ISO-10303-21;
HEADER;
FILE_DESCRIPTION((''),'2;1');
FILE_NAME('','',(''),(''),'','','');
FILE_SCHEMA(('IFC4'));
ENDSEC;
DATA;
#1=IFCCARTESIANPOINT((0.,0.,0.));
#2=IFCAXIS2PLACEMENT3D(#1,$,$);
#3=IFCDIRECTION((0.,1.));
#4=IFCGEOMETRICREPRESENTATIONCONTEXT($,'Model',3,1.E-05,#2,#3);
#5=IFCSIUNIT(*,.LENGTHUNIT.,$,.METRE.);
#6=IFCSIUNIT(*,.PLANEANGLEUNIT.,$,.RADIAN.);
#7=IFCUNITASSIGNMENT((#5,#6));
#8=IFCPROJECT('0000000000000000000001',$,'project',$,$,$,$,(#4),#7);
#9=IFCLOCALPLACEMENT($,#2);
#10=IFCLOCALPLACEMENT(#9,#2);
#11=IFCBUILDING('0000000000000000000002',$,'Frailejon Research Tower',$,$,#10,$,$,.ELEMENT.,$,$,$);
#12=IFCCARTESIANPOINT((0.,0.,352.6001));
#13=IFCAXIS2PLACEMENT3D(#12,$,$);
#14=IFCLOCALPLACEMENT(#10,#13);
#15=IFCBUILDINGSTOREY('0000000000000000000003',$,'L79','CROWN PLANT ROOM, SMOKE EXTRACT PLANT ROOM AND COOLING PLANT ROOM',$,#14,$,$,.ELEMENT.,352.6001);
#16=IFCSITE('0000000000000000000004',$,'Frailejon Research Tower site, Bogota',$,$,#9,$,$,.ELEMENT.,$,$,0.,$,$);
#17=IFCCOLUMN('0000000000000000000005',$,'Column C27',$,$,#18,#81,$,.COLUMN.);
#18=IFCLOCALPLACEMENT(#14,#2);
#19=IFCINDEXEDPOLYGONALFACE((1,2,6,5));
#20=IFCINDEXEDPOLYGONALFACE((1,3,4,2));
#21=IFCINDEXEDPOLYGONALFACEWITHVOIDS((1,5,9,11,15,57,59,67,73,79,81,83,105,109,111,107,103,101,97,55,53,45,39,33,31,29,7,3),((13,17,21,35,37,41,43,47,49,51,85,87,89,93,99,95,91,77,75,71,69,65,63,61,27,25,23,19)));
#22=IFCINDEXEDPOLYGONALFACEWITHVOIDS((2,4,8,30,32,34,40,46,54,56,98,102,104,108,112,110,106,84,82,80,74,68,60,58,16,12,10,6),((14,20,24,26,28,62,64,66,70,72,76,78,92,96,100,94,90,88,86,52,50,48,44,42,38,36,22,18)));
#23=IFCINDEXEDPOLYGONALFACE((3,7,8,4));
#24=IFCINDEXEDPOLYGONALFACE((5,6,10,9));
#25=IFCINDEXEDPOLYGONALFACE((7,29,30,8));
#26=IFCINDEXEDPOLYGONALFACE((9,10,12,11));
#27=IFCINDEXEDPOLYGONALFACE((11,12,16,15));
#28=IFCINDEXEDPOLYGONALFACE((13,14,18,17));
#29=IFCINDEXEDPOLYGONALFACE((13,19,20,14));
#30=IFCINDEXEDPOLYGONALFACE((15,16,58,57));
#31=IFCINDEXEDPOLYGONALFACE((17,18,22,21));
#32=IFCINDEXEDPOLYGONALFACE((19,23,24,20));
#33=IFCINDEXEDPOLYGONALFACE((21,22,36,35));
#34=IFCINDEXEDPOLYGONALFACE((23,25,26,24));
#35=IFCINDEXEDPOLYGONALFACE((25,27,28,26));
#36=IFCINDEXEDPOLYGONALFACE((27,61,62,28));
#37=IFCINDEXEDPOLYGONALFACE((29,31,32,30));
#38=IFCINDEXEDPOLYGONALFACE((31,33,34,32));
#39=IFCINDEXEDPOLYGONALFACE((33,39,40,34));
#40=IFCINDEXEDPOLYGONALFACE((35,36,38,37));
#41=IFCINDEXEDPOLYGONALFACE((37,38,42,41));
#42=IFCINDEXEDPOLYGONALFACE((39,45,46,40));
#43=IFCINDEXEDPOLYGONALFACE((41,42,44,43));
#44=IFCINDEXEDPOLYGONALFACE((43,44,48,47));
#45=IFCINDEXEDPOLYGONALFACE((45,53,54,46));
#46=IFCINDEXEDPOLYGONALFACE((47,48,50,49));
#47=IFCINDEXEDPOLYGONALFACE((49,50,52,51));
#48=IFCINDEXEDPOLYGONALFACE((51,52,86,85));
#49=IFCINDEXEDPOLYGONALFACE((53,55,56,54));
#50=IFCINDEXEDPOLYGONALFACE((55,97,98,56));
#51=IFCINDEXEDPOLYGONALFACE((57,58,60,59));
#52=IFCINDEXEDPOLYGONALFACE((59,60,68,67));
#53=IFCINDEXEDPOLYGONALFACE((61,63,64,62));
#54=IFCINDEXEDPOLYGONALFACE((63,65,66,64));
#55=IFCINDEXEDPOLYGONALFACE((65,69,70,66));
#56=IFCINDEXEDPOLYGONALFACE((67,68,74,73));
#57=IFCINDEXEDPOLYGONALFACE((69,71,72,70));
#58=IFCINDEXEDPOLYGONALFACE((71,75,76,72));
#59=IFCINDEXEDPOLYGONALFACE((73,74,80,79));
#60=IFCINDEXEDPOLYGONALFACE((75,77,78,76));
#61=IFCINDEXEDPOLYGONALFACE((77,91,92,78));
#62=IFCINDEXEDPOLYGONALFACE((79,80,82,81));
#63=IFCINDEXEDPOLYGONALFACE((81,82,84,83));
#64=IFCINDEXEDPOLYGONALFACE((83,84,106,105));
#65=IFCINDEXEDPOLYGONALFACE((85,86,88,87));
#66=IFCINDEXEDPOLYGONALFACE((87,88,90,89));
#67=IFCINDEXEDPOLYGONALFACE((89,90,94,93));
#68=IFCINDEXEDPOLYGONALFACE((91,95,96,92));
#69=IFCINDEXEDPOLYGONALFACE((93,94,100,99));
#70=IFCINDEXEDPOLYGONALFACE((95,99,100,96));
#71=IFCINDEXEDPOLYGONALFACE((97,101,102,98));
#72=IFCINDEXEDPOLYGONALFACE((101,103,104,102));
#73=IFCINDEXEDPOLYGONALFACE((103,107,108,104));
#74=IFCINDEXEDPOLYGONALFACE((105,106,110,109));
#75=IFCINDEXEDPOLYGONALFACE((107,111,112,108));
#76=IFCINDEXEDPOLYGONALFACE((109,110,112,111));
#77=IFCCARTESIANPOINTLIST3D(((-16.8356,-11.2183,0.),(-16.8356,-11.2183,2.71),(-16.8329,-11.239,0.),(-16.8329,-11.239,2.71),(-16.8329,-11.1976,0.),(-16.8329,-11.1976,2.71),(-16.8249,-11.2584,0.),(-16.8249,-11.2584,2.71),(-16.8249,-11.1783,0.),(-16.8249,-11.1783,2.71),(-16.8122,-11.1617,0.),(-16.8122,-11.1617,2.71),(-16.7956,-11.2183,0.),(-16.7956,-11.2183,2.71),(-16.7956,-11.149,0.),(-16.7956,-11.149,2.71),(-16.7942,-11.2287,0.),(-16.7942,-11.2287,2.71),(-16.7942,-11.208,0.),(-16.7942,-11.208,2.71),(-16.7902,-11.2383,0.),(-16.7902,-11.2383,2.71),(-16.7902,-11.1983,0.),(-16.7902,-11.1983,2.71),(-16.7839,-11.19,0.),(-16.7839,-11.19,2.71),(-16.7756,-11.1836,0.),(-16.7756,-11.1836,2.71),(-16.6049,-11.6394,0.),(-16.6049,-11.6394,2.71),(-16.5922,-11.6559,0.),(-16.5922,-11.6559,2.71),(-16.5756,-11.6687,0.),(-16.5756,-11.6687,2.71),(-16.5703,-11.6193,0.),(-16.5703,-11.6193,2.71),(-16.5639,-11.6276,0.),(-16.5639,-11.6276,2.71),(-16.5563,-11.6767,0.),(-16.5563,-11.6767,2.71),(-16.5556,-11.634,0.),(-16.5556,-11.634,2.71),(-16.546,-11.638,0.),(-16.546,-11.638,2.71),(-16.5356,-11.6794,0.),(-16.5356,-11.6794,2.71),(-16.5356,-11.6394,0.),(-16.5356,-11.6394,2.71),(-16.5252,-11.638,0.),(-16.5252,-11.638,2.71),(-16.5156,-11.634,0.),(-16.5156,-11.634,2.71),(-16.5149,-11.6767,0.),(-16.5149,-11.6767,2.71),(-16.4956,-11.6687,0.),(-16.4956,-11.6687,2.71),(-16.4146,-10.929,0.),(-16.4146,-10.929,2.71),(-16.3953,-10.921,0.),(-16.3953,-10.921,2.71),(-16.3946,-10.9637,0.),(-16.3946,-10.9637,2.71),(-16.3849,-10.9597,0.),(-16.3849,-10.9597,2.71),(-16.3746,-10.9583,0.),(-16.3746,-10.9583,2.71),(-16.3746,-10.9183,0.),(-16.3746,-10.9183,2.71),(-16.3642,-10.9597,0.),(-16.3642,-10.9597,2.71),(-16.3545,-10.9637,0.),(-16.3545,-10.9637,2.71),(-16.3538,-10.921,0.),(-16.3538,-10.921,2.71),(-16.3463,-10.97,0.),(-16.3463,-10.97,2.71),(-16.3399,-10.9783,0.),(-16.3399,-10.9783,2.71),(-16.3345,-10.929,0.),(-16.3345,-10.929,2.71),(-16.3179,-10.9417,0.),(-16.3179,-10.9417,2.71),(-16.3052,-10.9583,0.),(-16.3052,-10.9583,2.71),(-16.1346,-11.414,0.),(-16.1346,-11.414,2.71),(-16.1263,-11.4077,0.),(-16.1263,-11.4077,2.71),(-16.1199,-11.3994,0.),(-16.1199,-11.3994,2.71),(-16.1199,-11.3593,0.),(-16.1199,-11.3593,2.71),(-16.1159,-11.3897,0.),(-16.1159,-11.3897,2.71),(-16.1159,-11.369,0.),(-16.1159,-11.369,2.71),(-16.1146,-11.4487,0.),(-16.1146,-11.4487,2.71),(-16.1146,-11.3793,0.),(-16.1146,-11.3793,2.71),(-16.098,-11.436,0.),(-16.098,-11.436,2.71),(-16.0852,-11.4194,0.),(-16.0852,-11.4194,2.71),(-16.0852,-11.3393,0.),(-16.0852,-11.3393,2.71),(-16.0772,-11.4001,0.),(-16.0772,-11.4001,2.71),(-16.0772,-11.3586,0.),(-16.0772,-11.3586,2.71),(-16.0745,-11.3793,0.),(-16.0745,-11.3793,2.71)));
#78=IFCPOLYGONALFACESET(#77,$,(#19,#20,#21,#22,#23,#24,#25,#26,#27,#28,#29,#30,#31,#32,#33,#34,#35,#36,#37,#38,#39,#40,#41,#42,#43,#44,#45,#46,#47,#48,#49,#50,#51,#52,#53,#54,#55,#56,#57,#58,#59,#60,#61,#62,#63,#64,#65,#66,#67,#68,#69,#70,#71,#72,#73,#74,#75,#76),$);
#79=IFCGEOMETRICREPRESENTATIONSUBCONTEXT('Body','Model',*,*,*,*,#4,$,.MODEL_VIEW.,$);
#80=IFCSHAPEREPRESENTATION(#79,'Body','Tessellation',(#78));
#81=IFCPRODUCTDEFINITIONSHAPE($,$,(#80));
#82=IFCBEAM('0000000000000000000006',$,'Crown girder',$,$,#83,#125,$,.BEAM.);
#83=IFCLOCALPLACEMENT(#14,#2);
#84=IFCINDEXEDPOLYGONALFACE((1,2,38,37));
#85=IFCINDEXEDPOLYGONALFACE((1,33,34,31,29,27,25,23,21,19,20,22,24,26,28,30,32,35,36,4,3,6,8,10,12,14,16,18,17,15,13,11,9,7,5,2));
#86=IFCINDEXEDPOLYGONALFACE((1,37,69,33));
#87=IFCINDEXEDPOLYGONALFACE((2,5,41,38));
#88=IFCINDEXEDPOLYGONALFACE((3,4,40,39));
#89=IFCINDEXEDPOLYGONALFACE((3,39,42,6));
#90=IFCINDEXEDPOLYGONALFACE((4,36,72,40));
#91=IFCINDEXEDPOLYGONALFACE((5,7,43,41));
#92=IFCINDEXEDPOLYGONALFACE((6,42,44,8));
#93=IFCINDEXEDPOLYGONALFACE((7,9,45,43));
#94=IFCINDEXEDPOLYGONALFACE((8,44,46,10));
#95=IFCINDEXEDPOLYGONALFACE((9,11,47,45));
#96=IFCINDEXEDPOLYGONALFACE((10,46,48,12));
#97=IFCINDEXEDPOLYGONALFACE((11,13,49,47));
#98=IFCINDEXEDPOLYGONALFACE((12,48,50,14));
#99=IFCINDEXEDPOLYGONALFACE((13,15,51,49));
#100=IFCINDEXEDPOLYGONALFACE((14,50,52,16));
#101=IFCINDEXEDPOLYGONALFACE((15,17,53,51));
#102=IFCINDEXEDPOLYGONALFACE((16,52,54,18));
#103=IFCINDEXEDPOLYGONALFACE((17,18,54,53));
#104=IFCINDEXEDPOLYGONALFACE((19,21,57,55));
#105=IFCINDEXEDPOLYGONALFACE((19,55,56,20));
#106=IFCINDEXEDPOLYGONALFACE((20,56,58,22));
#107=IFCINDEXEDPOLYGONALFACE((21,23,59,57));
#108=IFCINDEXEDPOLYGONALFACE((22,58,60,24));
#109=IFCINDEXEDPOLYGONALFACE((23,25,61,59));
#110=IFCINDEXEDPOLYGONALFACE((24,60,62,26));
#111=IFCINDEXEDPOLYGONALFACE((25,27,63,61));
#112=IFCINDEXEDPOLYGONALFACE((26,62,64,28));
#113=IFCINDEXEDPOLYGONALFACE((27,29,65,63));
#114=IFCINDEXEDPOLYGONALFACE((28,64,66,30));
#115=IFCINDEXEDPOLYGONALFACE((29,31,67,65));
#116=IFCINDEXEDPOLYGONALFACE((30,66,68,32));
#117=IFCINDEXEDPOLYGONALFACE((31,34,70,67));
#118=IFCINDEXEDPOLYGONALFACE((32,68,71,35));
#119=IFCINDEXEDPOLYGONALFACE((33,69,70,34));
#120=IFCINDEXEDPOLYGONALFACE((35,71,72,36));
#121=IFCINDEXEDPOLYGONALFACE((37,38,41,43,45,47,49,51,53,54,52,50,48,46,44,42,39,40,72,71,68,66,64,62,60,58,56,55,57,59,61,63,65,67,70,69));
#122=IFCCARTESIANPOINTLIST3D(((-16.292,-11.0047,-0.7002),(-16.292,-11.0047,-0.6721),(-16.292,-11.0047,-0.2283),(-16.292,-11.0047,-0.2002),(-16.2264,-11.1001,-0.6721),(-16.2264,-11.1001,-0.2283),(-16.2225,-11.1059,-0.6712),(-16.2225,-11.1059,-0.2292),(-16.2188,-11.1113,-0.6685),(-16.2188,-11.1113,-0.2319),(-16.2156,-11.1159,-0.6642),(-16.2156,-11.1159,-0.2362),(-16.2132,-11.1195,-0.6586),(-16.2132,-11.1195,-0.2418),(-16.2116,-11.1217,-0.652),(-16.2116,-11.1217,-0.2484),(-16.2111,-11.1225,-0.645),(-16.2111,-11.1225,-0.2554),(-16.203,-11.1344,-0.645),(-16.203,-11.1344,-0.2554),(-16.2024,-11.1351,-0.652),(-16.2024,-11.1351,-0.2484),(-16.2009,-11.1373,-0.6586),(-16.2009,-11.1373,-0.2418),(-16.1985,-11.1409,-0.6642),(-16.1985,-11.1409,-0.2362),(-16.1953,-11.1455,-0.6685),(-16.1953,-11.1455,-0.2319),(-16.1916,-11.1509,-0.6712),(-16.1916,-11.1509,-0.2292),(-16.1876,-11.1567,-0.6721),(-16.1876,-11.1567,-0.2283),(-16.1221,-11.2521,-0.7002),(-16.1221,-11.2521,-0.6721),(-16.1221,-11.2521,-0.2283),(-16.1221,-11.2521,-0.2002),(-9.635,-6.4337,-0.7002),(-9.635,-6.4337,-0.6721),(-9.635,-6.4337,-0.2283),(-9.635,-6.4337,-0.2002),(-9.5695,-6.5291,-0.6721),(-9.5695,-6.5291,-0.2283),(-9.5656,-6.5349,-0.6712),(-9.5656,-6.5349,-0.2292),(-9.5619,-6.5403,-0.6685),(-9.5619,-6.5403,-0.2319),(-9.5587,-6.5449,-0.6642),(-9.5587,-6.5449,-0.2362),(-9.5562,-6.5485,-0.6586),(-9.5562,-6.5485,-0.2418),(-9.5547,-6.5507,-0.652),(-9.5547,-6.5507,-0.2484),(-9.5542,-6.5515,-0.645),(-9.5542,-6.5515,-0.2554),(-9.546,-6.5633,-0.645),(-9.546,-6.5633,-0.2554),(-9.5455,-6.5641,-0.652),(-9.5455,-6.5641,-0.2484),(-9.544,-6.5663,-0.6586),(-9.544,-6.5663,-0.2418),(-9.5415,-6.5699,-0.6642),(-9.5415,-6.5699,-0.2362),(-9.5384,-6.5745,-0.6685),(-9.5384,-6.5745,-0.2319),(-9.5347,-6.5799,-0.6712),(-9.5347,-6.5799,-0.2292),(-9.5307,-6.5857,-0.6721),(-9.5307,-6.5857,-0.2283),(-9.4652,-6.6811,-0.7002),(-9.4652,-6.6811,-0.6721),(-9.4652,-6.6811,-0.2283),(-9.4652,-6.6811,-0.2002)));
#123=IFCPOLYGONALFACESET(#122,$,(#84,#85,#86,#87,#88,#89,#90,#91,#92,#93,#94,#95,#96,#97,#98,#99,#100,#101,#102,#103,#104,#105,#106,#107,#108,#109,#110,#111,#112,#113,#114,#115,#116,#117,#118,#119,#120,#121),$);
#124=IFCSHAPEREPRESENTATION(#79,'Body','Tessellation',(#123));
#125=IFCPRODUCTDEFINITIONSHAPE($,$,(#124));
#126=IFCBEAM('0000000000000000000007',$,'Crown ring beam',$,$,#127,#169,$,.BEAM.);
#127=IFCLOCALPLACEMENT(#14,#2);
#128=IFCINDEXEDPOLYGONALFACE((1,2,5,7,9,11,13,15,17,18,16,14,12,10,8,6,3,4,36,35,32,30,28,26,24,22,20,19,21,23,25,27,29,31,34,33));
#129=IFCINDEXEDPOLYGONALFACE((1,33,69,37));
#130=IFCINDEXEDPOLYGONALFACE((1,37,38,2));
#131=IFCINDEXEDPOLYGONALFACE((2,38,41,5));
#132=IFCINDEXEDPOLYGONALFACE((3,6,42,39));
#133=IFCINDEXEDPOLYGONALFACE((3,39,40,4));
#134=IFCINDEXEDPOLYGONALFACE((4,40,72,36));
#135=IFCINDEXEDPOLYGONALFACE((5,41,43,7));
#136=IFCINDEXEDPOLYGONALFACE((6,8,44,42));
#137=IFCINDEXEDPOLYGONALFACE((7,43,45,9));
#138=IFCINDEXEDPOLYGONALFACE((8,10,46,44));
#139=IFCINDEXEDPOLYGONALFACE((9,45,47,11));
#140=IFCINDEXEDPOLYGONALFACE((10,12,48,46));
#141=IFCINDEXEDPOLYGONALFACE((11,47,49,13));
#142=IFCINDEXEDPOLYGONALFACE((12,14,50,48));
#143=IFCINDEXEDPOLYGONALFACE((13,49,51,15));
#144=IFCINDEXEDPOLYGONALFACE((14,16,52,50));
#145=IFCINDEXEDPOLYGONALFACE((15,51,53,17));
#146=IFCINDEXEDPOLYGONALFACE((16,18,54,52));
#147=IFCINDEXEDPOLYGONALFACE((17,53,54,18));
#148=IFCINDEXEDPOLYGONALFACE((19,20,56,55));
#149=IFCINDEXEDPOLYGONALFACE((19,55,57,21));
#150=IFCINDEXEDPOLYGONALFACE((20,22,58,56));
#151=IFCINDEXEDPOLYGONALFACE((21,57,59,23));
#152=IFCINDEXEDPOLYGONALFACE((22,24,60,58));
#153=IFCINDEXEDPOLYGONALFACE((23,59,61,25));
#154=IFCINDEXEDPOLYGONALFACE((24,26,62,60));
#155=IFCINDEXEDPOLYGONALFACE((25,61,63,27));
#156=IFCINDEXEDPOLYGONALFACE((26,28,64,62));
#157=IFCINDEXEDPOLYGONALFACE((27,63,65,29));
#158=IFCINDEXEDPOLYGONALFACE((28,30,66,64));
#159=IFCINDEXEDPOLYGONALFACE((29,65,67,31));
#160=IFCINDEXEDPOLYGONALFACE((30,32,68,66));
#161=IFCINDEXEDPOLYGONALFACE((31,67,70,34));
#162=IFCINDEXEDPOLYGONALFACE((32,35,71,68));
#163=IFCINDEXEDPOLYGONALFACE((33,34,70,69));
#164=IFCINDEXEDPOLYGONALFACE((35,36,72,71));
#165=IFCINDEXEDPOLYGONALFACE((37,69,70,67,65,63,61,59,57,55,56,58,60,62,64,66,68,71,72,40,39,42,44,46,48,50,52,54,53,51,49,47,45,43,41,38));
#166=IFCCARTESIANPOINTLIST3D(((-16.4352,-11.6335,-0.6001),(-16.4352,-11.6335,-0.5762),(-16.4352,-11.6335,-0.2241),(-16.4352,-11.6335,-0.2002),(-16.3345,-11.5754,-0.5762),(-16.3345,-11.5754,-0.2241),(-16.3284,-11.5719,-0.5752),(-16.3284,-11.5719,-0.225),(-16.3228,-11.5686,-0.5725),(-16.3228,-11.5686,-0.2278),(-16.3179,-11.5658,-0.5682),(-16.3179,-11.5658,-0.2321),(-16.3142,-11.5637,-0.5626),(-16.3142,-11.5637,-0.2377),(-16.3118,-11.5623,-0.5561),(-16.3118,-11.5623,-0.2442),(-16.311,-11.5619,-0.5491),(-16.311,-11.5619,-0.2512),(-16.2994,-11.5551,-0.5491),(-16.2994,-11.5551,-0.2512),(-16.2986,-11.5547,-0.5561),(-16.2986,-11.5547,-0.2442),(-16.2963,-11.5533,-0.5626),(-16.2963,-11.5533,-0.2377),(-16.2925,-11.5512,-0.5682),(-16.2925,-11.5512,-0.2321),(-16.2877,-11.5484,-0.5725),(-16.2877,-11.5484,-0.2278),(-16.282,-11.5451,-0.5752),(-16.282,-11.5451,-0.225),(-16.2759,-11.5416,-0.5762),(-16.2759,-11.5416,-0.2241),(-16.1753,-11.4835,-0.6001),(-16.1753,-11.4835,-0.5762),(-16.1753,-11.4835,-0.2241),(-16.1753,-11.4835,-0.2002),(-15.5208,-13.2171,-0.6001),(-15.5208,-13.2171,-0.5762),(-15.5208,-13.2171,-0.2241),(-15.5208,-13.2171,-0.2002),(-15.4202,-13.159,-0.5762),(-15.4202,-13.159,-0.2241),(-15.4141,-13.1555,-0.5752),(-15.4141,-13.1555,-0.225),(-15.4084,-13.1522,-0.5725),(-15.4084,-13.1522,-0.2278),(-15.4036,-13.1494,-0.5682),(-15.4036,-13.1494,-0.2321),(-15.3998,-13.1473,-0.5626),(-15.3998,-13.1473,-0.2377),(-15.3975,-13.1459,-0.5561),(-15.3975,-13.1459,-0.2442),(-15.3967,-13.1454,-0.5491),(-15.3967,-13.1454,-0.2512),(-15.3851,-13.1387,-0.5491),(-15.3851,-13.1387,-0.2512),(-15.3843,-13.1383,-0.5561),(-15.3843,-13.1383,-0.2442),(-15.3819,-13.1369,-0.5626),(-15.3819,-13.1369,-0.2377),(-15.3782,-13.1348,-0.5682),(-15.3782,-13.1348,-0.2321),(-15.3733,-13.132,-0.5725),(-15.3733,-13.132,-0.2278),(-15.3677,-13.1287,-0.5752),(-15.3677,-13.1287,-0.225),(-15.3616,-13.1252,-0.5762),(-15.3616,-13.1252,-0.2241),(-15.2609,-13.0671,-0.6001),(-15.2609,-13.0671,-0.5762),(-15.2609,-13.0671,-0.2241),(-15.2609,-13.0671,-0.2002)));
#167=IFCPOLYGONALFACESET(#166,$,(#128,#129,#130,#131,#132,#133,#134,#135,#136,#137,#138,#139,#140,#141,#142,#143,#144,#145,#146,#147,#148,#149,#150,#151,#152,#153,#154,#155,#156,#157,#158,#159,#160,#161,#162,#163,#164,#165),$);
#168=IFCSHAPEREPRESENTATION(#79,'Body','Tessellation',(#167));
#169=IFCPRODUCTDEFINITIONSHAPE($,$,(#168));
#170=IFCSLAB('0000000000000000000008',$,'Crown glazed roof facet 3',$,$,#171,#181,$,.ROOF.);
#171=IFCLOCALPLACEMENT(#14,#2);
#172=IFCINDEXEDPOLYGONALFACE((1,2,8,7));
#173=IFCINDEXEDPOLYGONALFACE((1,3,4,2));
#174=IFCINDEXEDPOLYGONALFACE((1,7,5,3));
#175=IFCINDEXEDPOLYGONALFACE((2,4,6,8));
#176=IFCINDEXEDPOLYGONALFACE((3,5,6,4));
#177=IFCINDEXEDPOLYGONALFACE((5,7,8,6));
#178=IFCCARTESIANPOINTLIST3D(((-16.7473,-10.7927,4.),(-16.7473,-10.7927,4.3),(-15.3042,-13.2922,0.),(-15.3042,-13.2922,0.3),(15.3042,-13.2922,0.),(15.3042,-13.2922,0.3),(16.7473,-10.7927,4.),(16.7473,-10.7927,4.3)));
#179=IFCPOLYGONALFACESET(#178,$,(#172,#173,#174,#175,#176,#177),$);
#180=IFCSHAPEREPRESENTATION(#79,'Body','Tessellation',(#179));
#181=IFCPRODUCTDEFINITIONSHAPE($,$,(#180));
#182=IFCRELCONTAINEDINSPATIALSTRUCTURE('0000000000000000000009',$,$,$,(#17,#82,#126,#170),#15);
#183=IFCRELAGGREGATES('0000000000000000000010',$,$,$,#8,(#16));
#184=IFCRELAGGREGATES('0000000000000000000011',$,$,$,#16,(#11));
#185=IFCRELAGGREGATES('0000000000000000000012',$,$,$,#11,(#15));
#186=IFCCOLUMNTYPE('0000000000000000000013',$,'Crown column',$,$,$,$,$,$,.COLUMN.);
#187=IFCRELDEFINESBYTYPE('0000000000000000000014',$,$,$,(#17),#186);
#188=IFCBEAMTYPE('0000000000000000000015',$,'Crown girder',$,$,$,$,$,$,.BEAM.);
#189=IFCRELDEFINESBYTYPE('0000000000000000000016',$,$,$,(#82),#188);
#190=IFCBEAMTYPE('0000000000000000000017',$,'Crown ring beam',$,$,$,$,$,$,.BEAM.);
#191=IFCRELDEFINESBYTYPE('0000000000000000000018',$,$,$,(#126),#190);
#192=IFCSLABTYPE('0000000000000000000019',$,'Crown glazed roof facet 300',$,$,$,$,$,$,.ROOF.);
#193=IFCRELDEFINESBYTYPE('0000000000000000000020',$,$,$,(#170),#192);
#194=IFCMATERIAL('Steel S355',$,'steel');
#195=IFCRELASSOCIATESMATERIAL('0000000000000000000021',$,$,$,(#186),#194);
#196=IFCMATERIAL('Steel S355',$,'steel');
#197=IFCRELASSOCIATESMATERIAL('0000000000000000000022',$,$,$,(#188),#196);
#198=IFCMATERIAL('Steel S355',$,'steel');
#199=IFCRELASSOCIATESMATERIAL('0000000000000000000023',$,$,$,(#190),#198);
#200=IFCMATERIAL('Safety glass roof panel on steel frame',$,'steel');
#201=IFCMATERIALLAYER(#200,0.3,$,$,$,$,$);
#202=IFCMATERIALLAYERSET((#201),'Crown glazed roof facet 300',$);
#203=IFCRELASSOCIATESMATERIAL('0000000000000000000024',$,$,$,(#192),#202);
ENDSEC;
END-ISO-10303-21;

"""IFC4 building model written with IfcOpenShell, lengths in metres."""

from ifc_helpers import new_model, si_unit, direction, frame, origin, origin_2d, place, context, subcontext, project, spatial, polyline, hollow_rectangle, i_section, outline, extrude, material, layer, layer_set, material_profile, profile_set, type_object, element, save


model = new_model("IFC4")

# Units and contexts
model_context = context("Model", 3, precision=1e-05, world=origin(), true_north=direction((0.0, 1.0)))
body_context = subcontext(model_context, "Body", "Model", "MODEL_VIEW")
ifc_project = project(units=[si_unit("LENGTHUNIT", "METRE"), si_unit("PLANEANGLEUNIT", "RADIAN")], contexts=[model_context])

# Site, building, storey
site_placement = place(None, origin())
site = spatial("IfcSite", under=ifc_project, at=site_placement, Name="Frailejon Research Tower site, Bogota", CompositionType="ELEMENT", RefElevation=0.0)
building_placement = place(site_placement, origin())
building = spatial("IfcBuilding", under=site, at=building_placement, Name="Frailejon Research Tower", CompositionType="ELEMENT")
storey_placement = place(building_placement, frame((0.0, 0.0, 352.6001)))
storey = spatial("IfcBuildingStorey", under=building, at=storey_placement, Name="L79", Description="CROWN PLANT ROOM, SMOKE EXTRACT PLANT ROOM AND COOLING PLANT ROOM", CompositionType="ELEMENT", Elevation=352.6001)

# Column
ifc_material_1 = material(Name="Steel S355", Category="steel")
ifc_material_profile_1 = material_profile(ifc_material_1, hollow_rectangle(XDim=0.6001, YDim=0.6001, WallThickness=0.04, InnerFilletRadius=0.04, OuterFilletRadius=0.0801, at=origin_2d()), Name="Crown column")
ifc_profile_set_1 = profile_set([ifc_material_profile_1], Name="Steel S355")
column_type = type_object("IfcColumnType", Name="Crown column", PredefinedType="COLUMN", material=ifc_profile_set_1)
column_placement = place(storey_placement, frame((-16.4551, -11.2988, 0.0), z_axis=(0.0, 0.0, 1.0), x_axis=(0.5, -0.866025, 0.0)))
element("IfcColumn", 1, at=column_placement, inside=storey, type_object=column_type, Name="Column C27", PredefinedType="COLUMN", context=body_context, shape_type="SweptSolid", body=[
    extrude(hollow_rectangle(XDim=0.6001, YDim=0.6001, WallThickness=0.04, InnerFilletRadius=0.04, OuterFilletRadius=0.0801, at=origin_2d()), origin(), (0.0, 0.0, 1.0), 2.71),
])

# Beams
ifc_material_2 = material(Name="Steel S355", Category="steel")
ifc_material_profile_2 = material_profile(ifc_material_2, i_section(OverallWidth=0.3, OverallDepth=0.5, WebThickness=0.0144, FlangeThickness=0.0281, FilletRadius=0.0271, at=origin_2d()), Name="HE 500 B")
ifc_profile_set_2 = profile_set([ifc_material_profile_2], Name="Steel S355")
beam_type_1 = type_object("IfcBeamType", Name="Crown girder", PredefinedType="BEAM", material=ifc_profile_set_2)
beam_1_placement = place(storey_placement, frame((-16.207, -11.1284, -0.4502), z_axis=(0.824367, 0.566055, 0.0), x_axis=(-0.566055, 0.824367, 0.0)))
element("IfcBeam", 2, at=beam_1_placement, inside=storey, type_object=beam_type_1, Name="Crown girder", PredefinedType="BEAM", context=body_context, shape_type="SweptSolid", body=[
    extrude(i_section(OverallWidth=0.3, OverallDepth=0.5, WebThickness=0.0144, FlangeThickness=0.0281, FilletRadius=0.0271, at=origin_2d()), origin(), (0.0, 0.0, 1.0), 8.0752),
])
ifc_material_3 = material(Name="Steel S355", Category="steel")
ifc_material_profile_3 = material_profile(ifc_material_3, i_section(OverallWidth=0.3, OverallDepth=0.3999, WebThickness=0.0134, FlangeThickness=0.0239, FilletRadius=0.0271, at=origin_2d()), Name="HE 400 B")
ifc_profile_set_3 = profile_set([ifc_material_profile_3], Name="Steel S355")
beam_type_2 = type_object("IfcBeamType", Name="Crown ring beam", PredefinedType="BEAM", material=ifc_profile_set_3)
beam_2_placement = place(storey_placement, frame((-15.3909, -13.1421, -0.4001), z_axis=(-0.500031, 0.866008, 0.0), x_axis=(-0.866008, -0.500031, 0.0)))
element("IfcBeam", 3, at=beam_2_placement, inside=storey, type_object=beam_type_2, Name="Crown ring beam", PredefinedType="BEAM", context=body_context, shape_type="SweptSolid", body=[
    extrude(i_section(OverallWidth=0.3, OverallDepth=0.3999, WebThickness=0.0134, FlangeThickness=0.0239, FilletRadius=0.0271, at=origin_2d()), origin(), (0.0, 0.0, 1.0), 1.8286),
])

# Slab
ifc_material_4 = material(Name="Safety glass roof panel on steel frame", Category="steel")
ifc_layer_1 = layer(ifc_material_4, 0.3)
ifc_layer_set_1 = layer_set([ifc_layer_1], Name="Crown glazed roof facet 300")
slab_type = type_object("IfcSlabType", Name="Crown glazed roof facet 300", PredefinedType="ROOF", material=ifc_layer_set_1)
slab_placement = place(storey_placement, frame((-16.7473, -10.7927, 4.0), z_axis=(0.0, -0.848045, 0.529924), x_axis=(1.0, 0.0, 0.0)))
element("IfcSlab", 4, at=slab_placement, inside=storey, type_object=slab_type, Name="Crown glazed roof facet 3", PredefinedType="ROOF", context=body_context, shape_type="SweptSolid", body=[
    extrude(outline(polyline([(0.0, 0.0), (33.4946, 0.0), (32.0515, -4.7167), (1.4431, -4.7167), (0.0, 0.0)])), origin(), (0.0, 0.848045, 0.529924), 0.3),
])

save(model, "model.ifc")
